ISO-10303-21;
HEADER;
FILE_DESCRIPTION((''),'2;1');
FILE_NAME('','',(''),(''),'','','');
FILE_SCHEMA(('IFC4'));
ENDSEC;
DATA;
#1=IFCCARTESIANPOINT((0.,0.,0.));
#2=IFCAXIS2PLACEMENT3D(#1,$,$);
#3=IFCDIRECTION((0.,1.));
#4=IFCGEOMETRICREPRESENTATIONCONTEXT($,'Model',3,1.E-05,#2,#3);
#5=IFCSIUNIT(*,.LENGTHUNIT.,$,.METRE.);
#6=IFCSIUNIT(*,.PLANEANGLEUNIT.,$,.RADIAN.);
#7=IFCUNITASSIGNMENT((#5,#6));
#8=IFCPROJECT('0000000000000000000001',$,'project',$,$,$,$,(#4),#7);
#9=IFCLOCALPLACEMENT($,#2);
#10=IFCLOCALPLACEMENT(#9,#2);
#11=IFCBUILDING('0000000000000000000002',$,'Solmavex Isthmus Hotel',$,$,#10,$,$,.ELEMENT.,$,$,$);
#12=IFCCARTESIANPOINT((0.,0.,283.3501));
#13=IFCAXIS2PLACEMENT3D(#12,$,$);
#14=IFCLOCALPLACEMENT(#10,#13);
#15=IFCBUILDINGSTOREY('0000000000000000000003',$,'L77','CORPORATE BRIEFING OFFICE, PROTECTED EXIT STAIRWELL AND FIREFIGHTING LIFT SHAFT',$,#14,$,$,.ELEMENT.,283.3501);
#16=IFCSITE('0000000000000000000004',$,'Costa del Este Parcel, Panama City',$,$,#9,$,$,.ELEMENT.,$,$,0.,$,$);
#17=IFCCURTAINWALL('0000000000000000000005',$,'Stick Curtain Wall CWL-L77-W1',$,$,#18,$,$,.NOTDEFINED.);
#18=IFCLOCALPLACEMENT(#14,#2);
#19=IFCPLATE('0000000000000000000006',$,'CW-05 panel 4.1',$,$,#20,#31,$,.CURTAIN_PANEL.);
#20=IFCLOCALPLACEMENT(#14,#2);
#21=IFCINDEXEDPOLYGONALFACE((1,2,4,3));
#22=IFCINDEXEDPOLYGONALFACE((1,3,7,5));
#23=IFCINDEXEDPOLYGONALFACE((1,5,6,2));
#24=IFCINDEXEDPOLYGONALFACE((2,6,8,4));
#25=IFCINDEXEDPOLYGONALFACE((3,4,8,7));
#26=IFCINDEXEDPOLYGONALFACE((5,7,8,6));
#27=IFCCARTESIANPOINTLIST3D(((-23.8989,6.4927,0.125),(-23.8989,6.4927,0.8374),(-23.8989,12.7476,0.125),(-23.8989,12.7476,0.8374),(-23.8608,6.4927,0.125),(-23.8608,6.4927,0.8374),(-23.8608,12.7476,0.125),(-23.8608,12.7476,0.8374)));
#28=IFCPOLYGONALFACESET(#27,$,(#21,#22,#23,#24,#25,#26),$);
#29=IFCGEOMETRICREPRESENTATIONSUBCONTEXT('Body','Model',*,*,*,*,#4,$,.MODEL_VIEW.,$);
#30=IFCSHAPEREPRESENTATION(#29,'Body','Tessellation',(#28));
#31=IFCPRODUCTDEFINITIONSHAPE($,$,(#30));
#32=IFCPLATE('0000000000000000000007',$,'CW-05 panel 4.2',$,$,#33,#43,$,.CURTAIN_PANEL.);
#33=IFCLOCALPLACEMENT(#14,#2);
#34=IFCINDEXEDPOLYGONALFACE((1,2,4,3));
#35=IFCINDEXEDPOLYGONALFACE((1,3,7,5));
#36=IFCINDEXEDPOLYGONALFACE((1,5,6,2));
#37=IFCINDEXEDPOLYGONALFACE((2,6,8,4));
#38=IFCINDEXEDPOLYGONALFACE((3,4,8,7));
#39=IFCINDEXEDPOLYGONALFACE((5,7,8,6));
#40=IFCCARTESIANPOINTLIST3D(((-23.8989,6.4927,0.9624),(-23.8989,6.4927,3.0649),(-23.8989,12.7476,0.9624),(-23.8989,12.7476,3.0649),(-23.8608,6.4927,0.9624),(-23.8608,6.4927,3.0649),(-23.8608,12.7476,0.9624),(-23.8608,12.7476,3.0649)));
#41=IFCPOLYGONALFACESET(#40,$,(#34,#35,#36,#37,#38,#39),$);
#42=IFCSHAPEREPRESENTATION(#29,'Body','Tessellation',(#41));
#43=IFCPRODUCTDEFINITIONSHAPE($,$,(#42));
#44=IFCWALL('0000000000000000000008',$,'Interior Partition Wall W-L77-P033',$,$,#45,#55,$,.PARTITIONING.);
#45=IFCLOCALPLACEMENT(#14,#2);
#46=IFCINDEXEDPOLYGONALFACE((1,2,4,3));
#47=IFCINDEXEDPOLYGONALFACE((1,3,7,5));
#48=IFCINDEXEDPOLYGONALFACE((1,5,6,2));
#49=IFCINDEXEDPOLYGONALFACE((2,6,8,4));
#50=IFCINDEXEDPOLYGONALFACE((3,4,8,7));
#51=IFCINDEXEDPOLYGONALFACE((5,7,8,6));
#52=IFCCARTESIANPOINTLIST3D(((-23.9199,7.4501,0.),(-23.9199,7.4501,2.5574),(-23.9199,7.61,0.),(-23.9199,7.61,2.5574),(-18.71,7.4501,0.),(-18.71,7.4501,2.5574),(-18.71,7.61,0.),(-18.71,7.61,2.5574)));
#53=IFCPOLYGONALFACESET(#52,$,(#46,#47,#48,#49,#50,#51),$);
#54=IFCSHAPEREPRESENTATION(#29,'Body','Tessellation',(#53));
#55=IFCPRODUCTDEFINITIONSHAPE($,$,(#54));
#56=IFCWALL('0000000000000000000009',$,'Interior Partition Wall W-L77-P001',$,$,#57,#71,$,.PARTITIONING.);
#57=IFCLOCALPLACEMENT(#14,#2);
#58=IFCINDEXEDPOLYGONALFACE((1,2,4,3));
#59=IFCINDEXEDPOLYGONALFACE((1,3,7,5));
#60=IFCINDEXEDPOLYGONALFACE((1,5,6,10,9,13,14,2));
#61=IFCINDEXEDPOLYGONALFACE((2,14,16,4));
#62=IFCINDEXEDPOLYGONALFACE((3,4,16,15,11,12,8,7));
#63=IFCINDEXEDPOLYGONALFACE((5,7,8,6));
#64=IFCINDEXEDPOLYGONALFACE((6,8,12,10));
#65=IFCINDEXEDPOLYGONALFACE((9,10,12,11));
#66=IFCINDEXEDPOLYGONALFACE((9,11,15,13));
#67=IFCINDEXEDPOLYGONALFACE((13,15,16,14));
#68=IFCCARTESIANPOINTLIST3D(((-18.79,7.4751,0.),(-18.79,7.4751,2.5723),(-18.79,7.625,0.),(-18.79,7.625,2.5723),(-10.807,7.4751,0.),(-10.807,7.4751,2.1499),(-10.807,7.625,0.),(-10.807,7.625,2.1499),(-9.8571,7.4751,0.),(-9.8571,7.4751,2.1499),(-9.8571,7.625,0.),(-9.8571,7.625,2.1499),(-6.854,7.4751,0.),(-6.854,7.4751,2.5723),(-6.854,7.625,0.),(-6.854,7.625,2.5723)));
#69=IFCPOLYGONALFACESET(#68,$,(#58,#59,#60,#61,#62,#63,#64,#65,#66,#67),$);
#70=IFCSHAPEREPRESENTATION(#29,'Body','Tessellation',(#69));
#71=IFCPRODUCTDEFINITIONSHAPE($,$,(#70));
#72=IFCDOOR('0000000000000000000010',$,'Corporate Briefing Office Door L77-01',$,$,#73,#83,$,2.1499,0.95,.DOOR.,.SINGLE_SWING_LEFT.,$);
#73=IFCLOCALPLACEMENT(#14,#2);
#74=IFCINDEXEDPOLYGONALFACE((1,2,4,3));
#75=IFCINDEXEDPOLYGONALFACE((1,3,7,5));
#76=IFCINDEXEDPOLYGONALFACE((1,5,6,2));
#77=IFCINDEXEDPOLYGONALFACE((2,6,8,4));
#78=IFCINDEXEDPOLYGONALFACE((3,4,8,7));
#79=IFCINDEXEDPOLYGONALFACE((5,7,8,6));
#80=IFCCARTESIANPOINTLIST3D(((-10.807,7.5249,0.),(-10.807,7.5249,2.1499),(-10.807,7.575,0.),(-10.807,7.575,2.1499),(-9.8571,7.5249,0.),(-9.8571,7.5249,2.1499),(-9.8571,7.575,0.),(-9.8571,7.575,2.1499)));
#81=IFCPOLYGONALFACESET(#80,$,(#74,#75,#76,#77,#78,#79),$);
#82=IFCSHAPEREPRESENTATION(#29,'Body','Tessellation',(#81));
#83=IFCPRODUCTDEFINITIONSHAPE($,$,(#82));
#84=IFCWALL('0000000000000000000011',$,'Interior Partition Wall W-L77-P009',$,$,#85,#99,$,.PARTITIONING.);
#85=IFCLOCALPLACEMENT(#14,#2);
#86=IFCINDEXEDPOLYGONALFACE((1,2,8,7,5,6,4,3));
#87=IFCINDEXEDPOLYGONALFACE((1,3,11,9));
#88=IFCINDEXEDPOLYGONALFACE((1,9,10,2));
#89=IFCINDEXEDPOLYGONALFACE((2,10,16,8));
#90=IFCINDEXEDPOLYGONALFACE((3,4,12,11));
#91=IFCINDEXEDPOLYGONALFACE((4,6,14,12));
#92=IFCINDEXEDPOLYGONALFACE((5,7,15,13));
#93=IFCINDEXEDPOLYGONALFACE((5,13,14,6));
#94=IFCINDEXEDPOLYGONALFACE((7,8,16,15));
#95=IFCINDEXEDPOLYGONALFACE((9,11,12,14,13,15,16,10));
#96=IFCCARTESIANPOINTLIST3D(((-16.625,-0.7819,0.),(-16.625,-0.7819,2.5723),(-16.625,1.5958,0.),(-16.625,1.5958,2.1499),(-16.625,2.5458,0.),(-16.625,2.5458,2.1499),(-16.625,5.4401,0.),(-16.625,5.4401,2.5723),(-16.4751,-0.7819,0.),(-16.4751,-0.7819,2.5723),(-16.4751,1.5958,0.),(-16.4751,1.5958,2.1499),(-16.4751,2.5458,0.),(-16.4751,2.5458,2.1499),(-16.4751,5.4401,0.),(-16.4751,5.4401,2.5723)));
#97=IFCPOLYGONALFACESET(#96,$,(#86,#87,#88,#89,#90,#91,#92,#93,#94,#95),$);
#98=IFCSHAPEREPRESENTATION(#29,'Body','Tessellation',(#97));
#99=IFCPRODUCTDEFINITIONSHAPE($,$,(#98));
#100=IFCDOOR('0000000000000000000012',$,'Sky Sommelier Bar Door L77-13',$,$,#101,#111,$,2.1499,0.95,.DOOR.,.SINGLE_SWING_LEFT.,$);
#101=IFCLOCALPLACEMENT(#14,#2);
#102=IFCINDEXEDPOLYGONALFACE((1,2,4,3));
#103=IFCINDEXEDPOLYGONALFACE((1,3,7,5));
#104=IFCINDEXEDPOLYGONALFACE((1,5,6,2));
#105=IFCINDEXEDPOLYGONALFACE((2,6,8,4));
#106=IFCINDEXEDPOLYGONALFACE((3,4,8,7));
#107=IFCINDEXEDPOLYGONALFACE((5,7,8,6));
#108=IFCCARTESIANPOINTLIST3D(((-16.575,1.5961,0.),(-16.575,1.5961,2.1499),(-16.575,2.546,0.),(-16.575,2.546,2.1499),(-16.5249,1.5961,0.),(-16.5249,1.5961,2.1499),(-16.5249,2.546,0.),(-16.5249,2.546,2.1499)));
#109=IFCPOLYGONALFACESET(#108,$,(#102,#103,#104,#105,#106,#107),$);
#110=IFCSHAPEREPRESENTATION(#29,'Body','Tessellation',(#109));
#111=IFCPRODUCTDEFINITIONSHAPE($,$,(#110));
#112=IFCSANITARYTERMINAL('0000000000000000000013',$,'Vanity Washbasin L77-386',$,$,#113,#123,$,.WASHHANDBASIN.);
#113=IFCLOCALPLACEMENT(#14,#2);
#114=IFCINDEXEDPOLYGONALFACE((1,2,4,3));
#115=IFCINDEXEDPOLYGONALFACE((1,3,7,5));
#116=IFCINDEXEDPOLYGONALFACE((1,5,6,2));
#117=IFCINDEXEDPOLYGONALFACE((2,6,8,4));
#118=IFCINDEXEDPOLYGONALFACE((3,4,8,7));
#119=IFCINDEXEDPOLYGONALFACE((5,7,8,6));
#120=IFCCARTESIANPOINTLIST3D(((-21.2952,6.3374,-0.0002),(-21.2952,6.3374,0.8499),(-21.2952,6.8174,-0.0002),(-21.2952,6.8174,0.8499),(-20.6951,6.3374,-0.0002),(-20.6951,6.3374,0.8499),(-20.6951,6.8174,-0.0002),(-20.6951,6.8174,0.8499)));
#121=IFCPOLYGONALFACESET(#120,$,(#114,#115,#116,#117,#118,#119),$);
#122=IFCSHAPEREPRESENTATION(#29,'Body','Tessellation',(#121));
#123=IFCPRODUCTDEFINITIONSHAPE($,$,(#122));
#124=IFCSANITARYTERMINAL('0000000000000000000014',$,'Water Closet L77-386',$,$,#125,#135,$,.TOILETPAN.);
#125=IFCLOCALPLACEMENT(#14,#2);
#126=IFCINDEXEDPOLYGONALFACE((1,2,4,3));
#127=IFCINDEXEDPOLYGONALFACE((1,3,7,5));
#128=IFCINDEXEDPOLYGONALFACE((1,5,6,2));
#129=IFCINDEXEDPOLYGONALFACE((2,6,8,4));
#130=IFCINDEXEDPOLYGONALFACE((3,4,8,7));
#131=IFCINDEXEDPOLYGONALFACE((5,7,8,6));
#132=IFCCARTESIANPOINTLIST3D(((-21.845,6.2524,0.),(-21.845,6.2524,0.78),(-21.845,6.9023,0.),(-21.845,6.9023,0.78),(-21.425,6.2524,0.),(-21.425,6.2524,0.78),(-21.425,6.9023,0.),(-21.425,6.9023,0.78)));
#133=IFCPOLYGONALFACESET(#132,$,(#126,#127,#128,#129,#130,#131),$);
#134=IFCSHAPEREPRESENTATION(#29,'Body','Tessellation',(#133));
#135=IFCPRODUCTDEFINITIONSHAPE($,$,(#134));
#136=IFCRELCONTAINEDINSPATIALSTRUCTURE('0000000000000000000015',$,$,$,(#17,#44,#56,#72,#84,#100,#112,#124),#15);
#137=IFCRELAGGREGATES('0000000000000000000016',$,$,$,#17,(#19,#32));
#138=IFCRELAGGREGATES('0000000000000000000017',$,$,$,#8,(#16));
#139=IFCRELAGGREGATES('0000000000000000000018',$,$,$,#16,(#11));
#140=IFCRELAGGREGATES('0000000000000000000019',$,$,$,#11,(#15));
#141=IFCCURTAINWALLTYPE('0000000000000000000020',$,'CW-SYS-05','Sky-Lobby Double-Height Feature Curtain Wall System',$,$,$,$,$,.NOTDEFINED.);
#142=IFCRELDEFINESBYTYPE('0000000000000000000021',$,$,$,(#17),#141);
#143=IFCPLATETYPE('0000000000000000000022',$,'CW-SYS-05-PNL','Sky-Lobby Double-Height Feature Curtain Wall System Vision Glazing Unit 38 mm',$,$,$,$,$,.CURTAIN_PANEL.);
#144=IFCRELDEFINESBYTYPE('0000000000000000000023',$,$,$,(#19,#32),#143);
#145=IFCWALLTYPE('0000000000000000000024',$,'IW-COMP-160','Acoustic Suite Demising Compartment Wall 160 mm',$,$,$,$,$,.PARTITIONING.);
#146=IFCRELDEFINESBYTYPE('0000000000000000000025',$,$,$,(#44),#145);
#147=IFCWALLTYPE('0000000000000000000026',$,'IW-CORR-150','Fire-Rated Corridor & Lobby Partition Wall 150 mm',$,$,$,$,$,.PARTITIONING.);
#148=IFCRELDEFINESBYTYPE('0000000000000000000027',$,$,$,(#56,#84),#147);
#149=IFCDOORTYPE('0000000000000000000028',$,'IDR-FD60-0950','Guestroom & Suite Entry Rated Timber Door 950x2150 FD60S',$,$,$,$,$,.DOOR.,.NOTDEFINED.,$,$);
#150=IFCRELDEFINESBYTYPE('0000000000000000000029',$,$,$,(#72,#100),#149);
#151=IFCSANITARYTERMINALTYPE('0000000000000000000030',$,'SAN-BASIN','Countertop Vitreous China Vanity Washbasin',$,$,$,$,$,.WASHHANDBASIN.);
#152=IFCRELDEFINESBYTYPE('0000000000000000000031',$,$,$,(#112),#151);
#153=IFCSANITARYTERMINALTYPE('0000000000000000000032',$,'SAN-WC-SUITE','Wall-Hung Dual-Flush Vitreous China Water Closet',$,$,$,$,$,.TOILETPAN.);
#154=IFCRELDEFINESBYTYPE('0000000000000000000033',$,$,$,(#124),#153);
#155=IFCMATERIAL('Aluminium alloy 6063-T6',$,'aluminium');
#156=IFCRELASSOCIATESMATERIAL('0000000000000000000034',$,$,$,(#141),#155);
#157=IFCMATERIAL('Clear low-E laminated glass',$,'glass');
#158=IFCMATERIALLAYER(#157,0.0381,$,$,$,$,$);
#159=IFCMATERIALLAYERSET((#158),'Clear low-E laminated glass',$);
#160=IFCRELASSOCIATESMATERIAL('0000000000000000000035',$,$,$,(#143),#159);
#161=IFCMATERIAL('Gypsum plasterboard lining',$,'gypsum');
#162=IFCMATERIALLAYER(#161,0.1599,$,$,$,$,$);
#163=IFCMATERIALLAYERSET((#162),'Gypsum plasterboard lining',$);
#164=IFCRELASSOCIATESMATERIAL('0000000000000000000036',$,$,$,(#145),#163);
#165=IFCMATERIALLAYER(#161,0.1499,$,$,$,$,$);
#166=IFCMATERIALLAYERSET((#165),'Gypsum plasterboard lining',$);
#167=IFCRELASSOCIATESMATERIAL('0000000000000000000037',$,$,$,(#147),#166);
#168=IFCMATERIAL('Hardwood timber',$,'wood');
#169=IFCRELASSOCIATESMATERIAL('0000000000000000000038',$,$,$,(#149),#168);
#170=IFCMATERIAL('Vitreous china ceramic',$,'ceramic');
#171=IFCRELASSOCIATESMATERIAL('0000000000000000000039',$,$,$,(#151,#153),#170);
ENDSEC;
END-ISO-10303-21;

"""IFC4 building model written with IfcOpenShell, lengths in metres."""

from ifc_helpers import new_model, si_unit, direction, frame, frame_2d, origin, origin_2d, place, context, subcontext, project, spatial, rectangle, extrude, material, layer, layer_set, type_object, element, fill, aggregate, save


model = new_model("IFC4")

# Units and contexts
model_context = context("Model", 3, precision=1e-05, world=origin(), true_north=direction((0.0, 1.0)))
body_context = subcontext(model_context, "Body", "Model", "MODEL_VIEW")
ifc_project = project(units=[si_unit("LENGTHUNIT", "METRE"), si_unit("PLANEANGLEUNIT", "RADIAN")], contexts=[model_context])

# Site, building, storey
site_placement = place(None, origin())
site = spatial("IfcSite", under=ifc_project, at=site_placement, Name="Costa del Este Parcel, Panama City", CompositionType="ELEMENT", RefElevation=0.0)
building_placement = place(site_placement, origin())
building = spatial("IfcBuilding", under=site, at=building_placement, Name="Solmavex Isthmus Hotel", CompositionType="ELEMENT")
storey_placement = place(building_placement, frame((0.0, 0.0, 283.3501)))
storey = spatial("IfcBuildingStorey", under=building, at=storey_placement, Name="L77", Description="CORPORATE BRIEFING OFFICE, PROTECTED EXIT STAIRWELL AND FIREFIGHTING LIFT SHAFT", CompositionType="ELEMENT", Elevation=283.3501)

# Curtain wall, plates
ifc_material_1 = material(Name="Aluminium alloy 6063-T6", Category="aluminium")
curtain_wall_type = type_object("IfcCurtainWallType", Name="CW-SYS-05", Description="Sky-Lobby Double-Height Feature Curtain Wall System", PredefinedType="NOTDEFINED", material=ifc_material_1)
curtain_wall_placement = place(storey_placement, origin())
curtain_wall = element("IfcCurtainWall", 1, at=curtain_wall_placement, inside=storey, type_object=curtain_wall_type, Name="Stick Curtain Wall CWL-L77-W1", PredefinedType="NOTDEFINED")
ifc_material_2 = material(Name="Clear low-E laminated glass", Category="glass")
ifc_layer_1 = layer(ifc_material_2, 0.0381)
ifc_layer_set_1 = layer_set([ifc_layer_1], Name="Clear low-E laminated glass")
plate_type = type_object("IfcPlateType", Name="CW-SYS-05-PNL", Description="Sky-Lobby Double-Height Feature Curtain Wall System Vision Glazing Unit 38 mm", PredefinedType="CURTAIN_PANEL", material=ifc_layer_set_1)
plate_1_placement = place(storey_placement, frame((-23.8799, 9.6201, 0.125), z_axis=(0.0, 0.0, 1.0), x_axis=(0.0, 1.0, 0.0)))
plate_1 = element("IfcPlate", 2, at=plate_1_placement, type_object=plate_type, Name="CW-05 panel 4.1", PredefinedType="CURTAIN_PANEL", context=body_context, shape_type="SweptSolid", body=[
    extrude(rectangle(XDim=6.2549, YDim=0.0381, at=origin_2d()), origin(), (0.0, 0.0, 1.0), 0.7124),
])
plate_2_placement = place(storey_placement, frame((-23.8799, 9.6201, 0.9624), z_axis=(0.0, 0.0, 1.0), x_axis=(0.0, 1.0, 0.0)))
plate_2 = element("IfcPlate", 3, at=plate_2_placement, type_object=plate_type, Name="CW-05 panel 4.2", PredefinedType="CURTAIN_PANEL", context=body_context, shape_type="SweptSolid", body=[
    extrude(rectangle(XDim=6.2549, YDim=0.0381, at=origin_2d()), origin(), (0.0, 0.0, 1.0), 2.1025),
])
aggregate(curtain_wall, [plate_1, plate_2])

# Wall
ifc_material_3 = material(Name="Gypsum plasterboard lining", Category="gypsum")
ifc_layer_2 = layer(ifc_material_3, 0.1599)
ifc_layer_set_2 = layer_set([ifc_layer_2], Name="Gypsum plasterboard lining")
wall_type_1 = type_object("IfcWallType", Name="IW-COMP-160", Description="Acoustic Suite Demising Compartment Wall 160 mm", PredefinedType="PARTITIONING", material=ifc_layer_set_2)
wall_1_placement = place(storey_placement, frame((-18.71, 7.53, 0.0), z_axis=(0.0, 0.0, 1.0), x_axis=(-1.0, 0.0, 0.0)))
element("IfcWall", 4, at=wall_1_placement, inside=storey, type_object=wall_type_1, Name="Interior Partition Wall W-L77-P033", PredefinedType="PARTITIONING", context=body_context, shape_type="SweptSolid", body=[
    extrude(rectangle(XDim=5.21, YDim=0.1599, at=frame_2d((2.605, 0.0))), origin(), (0.0, 0.0, 1.0), 2.5574),
])

# Walls, openings, doors
ifc_layer_3 = layer(ifc_material_3, 0.1499)
ifc_layer_set_3 = layer_set([ifc_layer_3], Name="Gypsum plasterboard lining")
wall_type_2 = type_object("IfcWallType", Name="IW-CORR-150", Description="Fire-Rated Corridor & Lobby Partition Wall 150 mm", PredefinedType="PARTITIONING", material=ifc_layer_set_3)
wall_2_placement = place(storey_placement, frame((-18.79, 7.55, 0.0), z_axis=(0.0, 0.0, 1.0), x_axis=(1.0, 0.0, 0.0)))
wall_2 = element("IfcWall", 5, at=wall_2_placement, inside=storey, type_object=wall_type_2, Name="Interior Partition Wall W-L77-P001", PredefinedType="PARTITIONING", context=body_context, shape_type="SweptSolid", body=[
    extrude(rectangle(XDim=11.936, YDim=0.1499, at=frame_2d((5.968, 0.0))), origin(), (0.0, 0.0, 1.0), 2.5723),
])
opening_1_placement = place(wall_2_placement, frame((7.9829, 0.0, 0.0)))
opening_1 = element("IfcOpeningElement", 6, at=opening_1_placement, cuts=wall_2, PredefinedType="OPENING", context=body_context, shape_type="SweptSolid", body=[
    extrude(rectangle(XDim=0.95, YDim=2.1499, at=frame_2d((0.4751, 1.075))), frame((0.0, 0.085, 0.0), z_axis=(0.0, -1.0, 0.0), x_axis=(1.0, 0.0, 0.0)), (0.0, 0.0, 1.0), 0.1699),
])
ifc_material_4 = material(Name="Hardwood timber", Category="wood")
door_type = type_object("IfcDoorType", Name="IDR-FD60-0950", Description="Guestroom & Suite Entry Rated Timber Door 950x2150 FD60S", OperationType="NOTDEFINED", PredefinedType="DOOR", material=ifc_material_4)
door_1_placement = place(opening_1_placement, origin())
door_1 = element("IfcDoor", 7, at=door_1_placement, inside=storey, type_object=door_type, Name="Corporate Briefing Office Door L77-01", OperationType="SINGLE_SWING_LEFT", OverallHeight=2.1499, OverallWidth=0.95, PredefinedType="DOOR", context=body_context, shape_type="SweptSolid", body=[
    extrude(rectangle(XDim=0.95, YDim=2.1499, at=frame_2d((0.4751, 1.075))), frame((0.0, 0.0249, 0.0), z_axis=(0.0, -1.0, 0.0), x_axis=(1.0, 0.0, 0.0)), (0.0, 0.0, 1.0), 0.05),
])
fill(opening_1, door_1)
wall_3_placement = place(storey_placement, frame((-16.55, 5.4399, 0.0), z_axis=(0.0, 0.0, 1.0), x_axis=(0.0, -1.0, 0.0)))
wall_3 = element("IfcWall", 8, at=wall_3_placement, inside=storey, type_object=wall_type_2, Name="Interior Partition Wall W-L77-P009", PredefinedType="PARTITIONING", context=body_context, shape_type="SweptSolid", body=[
    extrude(rectangle(XDim=6.2219, YDim=0.1499, at=frame_2d((3.1108, 0.0))), origin(), (0.0, 0.0, 1.0), 2.5723),
])
opening_2_placement = place(wall_3_placement, frame((2.894, 0.0, 0.0)))
opening_2 = element("IfcOpeningElement", 9, at=opening_2_placement, cuts=wall_3, PredefinedType="OPENING", context=body_context, shape_type="SweptSolid", body=[
    extrude(rectangle(XDim=0.95, YDim=2.1499, at=frame_2d((0.4751, 1.075))), frame((0.0, 0.085, 0.0), z_axis=(0.0, -1.0, 0.0), x_axis=(1.0, 0.0, 0.0)), (0.0, 0.0, 1.0), 0.1699),
])
door_2_placement = place(opening_2_placement, frame((0.95, 0.0, 0.0), z_axis=(0.0, 0.0, 1.0), x_axis=(-1.0, 0.0, 0.0)))
door_2 = element("IfcDoor", 10, at=door_2_placement, inside=storey, type_object=door_type, Name="Sky Sommelier Bar Door L77-13", OperationType="SINGLE_SWING_LEFT", OverallHeight=2.1499, OverallWidth=0.95, PredefinedType="DOOR", context=body_context, shape_type="SweptSolid", body=[
    extrude(rectangle(XDim=0.95, YDim=2.1499, at=frame_2d((0.4751, 1.075))), frame((0.0, 0.0249, 0.0), z_axis=(0.0, -1.0, 0.0), x_axis=(1.0, 0.0, 0.0)), (0.0, 0.0, 1.0), 0.05),
])
fill(opening_2, door_2)

# Sanitary terminals
ifc_material_5 = material(Name="Vitreous china ceramic", Category="ceramic")
sanitary_terminal_type_1 = type_object("IfcSanitaryTerminalType", Name="SAN-BASIN", Description="Countertop Vitreous China Vanity Washbasin", PredefinedType="WASHHANDBASIN", material=ifc_material_5)
sanitary_terminal_1_placement = place(storey_placement, frame((-20.9951, 6.5774, -0.0002), z_axis=(0.0, 0.0, 1.0), x_axis=(1.0, 0.0, 0.0)))
element("IfcSanitaryTerminal", 11, at=sanitary_terminal_1_placement, inside=storey, type_object=sanitary_terminal_type_1, Name="Vanity Washbasin L77-386", PredefinedType="WASHHANDBASIN", context=body_context, shape_type="SweptSolid", body=[
    extrude(rectangle(XDim=0.6001, YDim=0.48, at=origin_2d()), origin(), (0.0, 0.0, 1.0), 0.8501),
])
sanitary_terminal_type_2 = type_object("IfcSanitaryTerminalType", Name="SAN-WC-SUITE", Description="Wall-Hung Dual-Flush Vitreous China Water Closet", PredefinedType="TOILETPAN", material=ifc_material_5)
sanitary_terminal_2_placement = place(storey_placement, frame((-21.635, 6.5774, 0.0), z_axis=(0.0, 0.0, 1.0), x_axis=(1.0, 0.0, 0.0)))
element("IfcSanitaryTerminal", 12, at=sanitary_terminal_2_placement, inside=storey, type_object=sanitary_terminal_type_2, Name="Water Closet L77-386", PredefinedType="TOILETPAN", context=body_context, shape_type="SweptSolid", body=[
    extrude(rectangle(XDim=0.4199, YDim=0.6499, at=origin_2d()), origin(), (0.0, 0.0, 1.0), 0.78),
])

save(model, "model.ifc")
